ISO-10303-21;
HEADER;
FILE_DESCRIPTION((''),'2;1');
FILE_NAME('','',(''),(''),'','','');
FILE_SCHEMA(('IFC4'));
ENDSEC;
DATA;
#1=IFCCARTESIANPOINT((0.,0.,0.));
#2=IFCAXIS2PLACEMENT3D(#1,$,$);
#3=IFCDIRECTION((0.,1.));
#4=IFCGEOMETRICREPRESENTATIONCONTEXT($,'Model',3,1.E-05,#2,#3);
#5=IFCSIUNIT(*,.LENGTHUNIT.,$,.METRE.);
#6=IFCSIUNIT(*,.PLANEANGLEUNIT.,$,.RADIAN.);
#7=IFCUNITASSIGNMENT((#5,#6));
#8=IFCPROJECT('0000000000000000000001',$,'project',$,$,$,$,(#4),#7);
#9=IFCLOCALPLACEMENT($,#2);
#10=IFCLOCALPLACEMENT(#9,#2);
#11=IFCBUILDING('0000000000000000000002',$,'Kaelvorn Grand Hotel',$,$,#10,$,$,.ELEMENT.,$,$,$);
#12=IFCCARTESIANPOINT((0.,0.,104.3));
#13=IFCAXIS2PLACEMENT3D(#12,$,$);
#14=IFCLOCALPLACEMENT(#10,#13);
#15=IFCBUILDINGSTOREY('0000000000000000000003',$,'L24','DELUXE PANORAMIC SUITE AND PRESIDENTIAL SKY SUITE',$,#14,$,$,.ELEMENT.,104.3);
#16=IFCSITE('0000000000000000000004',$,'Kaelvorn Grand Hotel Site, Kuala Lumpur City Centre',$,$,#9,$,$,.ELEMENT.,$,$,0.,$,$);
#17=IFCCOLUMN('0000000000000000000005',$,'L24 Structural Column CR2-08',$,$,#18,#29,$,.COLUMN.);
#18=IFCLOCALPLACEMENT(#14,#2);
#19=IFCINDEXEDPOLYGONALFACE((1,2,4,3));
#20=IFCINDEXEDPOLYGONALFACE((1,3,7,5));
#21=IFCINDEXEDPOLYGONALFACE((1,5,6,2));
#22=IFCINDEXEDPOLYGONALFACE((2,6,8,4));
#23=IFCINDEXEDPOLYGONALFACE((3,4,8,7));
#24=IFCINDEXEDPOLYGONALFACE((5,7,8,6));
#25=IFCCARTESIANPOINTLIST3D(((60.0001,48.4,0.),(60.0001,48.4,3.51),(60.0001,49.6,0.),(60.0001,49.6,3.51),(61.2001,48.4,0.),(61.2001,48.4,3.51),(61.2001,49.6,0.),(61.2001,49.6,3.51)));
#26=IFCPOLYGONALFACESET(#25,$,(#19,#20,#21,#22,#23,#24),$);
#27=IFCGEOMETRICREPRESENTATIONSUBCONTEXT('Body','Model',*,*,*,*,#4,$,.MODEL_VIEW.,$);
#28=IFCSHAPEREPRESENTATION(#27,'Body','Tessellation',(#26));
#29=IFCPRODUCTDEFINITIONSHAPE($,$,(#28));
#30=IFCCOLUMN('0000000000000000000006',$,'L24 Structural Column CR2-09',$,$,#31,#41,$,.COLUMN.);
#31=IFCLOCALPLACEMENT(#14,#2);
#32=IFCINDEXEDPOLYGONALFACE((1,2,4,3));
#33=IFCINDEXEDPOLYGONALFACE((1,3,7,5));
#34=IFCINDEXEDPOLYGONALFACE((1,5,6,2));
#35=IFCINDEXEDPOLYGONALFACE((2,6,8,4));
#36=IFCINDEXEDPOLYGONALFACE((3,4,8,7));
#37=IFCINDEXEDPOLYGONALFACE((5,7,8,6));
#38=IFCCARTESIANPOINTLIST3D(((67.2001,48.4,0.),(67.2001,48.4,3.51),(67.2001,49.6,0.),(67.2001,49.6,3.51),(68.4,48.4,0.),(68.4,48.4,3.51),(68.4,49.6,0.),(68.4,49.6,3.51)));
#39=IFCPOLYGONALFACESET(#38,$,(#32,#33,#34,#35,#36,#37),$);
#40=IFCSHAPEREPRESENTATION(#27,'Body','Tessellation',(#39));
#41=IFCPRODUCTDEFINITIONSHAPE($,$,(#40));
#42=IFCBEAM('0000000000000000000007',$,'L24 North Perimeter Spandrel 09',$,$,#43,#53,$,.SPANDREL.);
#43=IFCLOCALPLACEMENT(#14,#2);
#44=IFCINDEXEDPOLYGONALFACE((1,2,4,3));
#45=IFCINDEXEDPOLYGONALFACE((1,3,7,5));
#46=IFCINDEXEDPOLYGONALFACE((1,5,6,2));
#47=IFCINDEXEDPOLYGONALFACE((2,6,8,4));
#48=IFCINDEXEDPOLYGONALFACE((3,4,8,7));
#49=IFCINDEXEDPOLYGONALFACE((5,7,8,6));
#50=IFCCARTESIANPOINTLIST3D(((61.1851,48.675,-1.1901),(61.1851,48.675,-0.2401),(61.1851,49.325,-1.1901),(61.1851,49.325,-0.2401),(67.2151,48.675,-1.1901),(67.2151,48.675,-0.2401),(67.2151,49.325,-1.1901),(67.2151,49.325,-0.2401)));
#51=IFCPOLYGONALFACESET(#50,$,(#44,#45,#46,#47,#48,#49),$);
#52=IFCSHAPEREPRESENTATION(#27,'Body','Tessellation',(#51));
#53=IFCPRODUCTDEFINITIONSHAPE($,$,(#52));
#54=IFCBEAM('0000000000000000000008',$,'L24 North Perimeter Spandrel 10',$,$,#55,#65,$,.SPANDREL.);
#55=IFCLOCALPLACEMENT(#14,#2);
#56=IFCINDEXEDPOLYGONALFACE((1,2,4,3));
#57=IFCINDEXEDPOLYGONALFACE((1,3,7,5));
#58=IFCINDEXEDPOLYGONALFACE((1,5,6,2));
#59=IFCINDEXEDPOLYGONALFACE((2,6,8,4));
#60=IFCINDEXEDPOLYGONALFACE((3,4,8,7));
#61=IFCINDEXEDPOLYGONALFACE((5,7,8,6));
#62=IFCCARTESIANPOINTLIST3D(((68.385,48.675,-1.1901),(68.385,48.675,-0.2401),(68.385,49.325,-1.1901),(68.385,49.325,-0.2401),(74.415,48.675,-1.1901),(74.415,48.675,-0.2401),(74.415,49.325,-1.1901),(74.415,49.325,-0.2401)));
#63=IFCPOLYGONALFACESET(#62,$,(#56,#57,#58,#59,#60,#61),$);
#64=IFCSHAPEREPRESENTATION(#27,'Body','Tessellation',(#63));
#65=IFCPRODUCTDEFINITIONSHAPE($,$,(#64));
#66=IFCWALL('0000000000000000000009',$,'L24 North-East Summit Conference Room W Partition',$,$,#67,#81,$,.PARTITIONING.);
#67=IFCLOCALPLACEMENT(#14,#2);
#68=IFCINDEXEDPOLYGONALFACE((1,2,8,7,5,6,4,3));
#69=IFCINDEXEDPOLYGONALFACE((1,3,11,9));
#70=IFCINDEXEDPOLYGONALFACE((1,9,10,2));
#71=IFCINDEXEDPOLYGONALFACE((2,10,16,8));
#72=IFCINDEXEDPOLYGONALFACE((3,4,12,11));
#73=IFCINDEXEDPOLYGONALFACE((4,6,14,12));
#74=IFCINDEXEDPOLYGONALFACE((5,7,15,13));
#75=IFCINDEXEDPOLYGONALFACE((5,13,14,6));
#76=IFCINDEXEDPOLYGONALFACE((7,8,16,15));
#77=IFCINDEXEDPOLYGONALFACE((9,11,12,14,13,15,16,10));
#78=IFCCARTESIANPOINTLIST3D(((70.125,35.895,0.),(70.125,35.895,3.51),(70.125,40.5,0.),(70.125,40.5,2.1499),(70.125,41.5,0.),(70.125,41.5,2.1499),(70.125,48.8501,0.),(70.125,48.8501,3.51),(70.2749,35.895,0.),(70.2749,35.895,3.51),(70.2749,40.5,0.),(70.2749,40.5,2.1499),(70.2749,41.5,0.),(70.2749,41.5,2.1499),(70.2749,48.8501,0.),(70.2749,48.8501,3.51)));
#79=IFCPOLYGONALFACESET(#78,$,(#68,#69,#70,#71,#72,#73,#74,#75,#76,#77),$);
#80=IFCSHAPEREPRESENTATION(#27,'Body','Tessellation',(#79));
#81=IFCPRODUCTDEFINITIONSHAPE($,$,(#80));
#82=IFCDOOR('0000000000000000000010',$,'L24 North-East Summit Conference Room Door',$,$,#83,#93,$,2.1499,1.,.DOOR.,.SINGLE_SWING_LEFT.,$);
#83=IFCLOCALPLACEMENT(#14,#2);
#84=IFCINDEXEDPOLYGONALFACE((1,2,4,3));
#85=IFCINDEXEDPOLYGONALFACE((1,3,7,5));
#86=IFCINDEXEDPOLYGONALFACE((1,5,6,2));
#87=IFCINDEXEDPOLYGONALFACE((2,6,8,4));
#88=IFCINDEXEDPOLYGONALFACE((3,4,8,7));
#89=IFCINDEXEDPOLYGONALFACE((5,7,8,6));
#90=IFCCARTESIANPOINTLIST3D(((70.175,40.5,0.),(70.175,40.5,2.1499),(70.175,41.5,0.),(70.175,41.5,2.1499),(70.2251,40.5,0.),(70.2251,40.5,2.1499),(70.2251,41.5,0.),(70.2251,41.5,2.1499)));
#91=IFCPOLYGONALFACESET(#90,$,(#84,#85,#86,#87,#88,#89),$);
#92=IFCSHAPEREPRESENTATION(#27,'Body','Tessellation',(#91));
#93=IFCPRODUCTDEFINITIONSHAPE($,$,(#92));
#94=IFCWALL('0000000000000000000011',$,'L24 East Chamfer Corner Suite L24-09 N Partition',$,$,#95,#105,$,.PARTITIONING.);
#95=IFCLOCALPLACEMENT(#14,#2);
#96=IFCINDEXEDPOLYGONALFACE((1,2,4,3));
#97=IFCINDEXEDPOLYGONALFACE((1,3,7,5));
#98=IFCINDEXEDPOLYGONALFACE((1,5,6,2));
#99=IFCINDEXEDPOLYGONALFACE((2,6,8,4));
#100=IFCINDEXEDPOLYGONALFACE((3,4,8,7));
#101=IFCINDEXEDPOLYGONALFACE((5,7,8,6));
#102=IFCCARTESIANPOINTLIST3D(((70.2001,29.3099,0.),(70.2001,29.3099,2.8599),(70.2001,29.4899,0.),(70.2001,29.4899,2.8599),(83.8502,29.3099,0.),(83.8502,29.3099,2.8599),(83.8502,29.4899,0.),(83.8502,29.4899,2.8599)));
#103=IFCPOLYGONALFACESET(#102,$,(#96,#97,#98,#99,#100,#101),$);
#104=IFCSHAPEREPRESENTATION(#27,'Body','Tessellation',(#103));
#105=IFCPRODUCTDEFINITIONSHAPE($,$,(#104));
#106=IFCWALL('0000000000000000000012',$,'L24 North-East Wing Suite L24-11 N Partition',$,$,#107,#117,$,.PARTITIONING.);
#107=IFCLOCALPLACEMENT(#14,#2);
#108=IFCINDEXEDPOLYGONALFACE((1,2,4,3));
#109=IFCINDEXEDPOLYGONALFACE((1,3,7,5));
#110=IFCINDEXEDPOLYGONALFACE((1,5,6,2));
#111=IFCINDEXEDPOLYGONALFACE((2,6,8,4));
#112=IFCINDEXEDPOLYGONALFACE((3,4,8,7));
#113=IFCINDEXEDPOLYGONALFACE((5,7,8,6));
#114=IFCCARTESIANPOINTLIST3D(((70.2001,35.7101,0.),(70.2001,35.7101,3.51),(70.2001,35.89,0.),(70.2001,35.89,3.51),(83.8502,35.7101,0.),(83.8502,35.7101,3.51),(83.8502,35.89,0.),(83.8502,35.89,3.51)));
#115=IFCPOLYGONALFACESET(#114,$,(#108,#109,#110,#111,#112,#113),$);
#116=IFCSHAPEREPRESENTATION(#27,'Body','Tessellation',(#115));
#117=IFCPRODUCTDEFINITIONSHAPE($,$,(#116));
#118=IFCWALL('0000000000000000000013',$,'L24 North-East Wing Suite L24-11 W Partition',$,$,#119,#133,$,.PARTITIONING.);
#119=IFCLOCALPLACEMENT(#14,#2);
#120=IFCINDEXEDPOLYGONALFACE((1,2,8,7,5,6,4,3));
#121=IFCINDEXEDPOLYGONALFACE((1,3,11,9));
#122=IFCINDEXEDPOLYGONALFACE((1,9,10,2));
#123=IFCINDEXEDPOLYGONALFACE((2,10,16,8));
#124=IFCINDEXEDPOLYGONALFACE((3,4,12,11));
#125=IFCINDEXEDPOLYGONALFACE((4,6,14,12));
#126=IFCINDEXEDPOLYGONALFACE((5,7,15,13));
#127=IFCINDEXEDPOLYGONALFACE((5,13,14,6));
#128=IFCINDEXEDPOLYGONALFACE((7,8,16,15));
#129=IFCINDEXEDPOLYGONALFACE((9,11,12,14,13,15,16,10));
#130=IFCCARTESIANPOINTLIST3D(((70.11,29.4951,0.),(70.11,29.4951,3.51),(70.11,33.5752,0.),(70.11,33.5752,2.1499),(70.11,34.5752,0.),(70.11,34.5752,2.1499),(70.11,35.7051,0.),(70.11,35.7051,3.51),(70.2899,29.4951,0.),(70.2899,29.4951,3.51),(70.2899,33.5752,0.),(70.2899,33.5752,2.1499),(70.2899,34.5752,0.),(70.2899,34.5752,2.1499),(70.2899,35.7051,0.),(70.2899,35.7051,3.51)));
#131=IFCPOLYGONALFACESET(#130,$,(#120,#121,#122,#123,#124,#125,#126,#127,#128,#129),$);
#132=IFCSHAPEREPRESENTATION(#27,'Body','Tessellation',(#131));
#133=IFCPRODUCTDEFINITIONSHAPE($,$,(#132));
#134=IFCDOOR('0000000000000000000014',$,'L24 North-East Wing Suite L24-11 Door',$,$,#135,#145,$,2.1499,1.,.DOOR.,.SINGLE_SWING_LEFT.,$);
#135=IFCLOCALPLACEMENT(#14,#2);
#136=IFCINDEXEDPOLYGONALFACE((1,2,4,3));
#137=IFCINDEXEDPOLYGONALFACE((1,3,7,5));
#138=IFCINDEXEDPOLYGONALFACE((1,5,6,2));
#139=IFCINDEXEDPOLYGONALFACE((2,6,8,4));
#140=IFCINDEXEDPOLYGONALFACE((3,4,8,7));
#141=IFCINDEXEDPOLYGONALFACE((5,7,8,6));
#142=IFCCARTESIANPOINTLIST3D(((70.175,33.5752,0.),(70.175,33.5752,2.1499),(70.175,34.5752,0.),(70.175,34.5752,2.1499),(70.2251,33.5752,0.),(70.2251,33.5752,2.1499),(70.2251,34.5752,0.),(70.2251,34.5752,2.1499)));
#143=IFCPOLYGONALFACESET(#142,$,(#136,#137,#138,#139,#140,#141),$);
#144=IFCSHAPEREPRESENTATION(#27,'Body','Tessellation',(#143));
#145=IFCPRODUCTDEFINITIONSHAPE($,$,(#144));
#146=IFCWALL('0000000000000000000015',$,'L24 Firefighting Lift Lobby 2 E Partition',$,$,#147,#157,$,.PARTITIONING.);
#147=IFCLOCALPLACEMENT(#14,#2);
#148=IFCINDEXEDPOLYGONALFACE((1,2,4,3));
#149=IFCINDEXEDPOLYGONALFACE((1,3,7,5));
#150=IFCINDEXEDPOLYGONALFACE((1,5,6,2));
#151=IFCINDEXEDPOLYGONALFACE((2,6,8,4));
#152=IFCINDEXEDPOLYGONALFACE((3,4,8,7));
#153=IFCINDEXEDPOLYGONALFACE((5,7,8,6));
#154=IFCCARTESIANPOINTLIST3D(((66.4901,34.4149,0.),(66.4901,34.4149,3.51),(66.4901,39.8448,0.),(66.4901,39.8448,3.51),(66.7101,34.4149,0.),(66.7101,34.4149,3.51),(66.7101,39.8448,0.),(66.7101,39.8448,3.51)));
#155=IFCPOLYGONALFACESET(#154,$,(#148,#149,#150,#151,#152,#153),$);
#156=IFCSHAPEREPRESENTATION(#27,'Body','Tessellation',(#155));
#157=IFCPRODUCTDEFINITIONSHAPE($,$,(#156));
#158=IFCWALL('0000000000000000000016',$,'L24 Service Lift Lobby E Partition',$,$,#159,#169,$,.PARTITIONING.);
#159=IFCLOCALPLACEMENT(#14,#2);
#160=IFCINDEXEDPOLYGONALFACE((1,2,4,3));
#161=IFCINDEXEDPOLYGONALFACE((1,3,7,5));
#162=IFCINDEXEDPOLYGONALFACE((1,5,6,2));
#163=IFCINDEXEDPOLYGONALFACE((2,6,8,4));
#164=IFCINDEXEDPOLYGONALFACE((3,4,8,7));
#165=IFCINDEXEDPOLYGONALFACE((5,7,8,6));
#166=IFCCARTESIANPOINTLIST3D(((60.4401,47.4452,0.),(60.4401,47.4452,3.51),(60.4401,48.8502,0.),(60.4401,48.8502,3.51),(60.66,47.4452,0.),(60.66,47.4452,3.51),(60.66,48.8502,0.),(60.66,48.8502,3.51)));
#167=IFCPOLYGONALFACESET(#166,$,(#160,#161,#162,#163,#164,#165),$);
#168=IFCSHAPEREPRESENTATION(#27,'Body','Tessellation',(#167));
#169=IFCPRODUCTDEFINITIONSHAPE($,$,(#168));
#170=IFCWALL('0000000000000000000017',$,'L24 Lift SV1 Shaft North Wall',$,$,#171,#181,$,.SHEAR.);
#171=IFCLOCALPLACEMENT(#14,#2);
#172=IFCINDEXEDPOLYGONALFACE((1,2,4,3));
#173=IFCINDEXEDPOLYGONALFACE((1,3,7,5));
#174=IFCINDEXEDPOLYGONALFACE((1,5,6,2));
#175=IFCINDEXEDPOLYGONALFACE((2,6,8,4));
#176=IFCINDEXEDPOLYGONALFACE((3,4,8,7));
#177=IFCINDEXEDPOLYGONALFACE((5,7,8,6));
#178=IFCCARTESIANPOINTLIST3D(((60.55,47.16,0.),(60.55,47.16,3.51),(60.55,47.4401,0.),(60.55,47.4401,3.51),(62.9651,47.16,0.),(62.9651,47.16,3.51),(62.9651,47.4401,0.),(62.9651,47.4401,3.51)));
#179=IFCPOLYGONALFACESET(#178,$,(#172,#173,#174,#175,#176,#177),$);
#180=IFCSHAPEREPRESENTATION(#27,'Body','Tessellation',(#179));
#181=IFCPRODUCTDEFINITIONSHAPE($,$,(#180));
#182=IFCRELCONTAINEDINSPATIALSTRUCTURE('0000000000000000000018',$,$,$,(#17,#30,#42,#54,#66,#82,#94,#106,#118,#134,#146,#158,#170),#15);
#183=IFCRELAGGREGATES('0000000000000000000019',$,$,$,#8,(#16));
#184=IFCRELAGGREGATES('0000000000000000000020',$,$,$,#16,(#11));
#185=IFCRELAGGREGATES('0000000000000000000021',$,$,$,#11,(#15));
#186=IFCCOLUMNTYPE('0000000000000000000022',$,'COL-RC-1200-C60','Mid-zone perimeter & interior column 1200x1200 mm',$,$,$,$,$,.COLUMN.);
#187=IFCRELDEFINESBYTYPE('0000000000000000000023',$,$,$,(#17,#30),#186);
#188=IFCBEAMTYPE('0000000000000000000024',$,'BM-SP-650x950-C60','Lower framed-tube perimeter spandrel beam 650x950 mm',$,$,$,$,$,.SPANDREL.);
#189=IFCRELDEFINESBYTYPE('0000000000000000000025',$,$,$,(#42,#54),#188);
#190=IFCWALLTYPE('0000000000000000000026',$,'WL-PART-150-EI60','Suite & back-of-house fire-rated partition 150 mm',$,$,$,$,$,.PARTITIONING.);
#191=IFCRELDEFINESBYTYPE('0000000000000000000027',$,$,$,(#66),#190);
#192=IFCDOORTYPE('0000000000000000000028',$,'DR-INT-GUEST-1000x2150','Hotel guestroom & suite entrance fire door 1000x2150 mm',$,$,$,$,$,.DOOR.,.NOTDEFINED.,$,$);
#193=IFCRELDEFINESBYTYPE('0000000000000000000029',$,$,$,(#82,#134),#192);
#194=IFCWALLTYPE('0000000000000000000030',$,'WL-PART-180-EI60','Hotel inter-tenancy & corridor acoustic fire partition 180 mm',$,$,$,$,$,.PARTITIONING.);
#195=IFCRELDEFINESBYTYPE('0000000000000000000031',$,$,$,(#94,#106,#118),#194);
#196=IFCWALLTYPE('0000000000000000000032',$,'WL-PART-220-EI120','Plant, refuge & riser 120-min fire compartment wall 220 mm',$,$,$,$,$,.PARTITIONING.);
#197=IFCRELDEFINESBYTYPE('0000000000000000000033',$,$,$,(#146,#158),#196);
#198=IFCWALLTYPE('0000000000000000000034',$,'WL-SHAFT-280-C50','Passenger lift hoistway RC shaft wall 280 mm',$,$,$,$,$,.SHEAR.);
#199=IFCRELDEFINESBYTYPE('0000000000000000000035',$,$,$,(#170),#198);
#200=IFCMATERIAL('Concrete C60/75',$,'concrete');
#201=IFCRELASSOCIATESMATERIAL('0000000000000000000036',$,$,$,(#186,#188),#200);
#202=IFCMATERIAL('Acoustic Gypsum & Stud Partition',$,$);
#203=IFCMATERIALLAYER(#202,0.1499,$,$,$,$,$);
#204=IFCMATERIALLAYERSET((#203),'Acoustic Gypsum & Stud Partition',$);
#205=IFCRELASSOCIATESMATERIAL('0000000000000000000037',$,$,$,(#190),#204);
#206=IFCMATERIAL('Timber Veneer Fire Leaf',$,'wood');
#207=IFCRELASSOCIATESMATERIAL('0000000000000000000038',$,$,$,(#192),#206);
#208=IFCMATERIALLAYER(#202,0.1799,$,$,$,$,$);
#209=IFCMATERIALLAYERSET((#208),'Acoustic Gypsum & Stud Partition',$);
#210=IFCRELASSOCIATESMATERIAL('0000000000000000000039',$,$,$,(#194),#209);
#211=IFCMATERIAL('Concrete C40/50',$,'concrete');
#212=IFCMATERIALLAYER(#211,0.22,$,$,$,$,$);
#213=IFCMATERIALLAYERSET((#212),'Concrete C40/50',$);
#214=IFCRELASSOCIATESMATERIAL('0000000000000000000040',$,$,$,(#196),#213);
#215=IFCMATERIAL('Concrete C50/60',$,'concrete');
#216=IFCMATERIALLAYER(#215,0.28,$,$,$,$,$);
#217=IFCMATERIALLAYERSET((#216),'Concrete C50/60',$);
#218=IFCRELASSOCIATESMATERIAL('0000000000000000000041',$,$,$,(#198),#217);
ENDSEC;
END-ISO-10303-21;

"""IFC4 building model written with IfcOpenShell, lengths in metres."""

from ifc_helpers import new_model, si_unit, direction, frame, frame_2d, origin, origin_2d, place, context, subcontext, project, spatial, rectangle, extrude, material, layer, layer_set, material_profile, profile_set, type_object, element, fill, save


model = new_model("IFC4")

# Units and contexts
model_context = context("Model", 3, precision=1e-05, world=origin(), true_north=direction((0.0, 1.0)))
body_context = subcontext(model_context, "Body", "Model", "MODEL_VIEW")
ifc_project = project(units=[si_unit("LENGTHUNIT", "METRE"), si_unit("PLANEANGLEUNIT", "RADIAN")], contexts=[model_context])

# Site, building, storey
site_placement = place(None, origin())
site = spatial("IfcSite", under=ifc_project, at=site_placement, Name="Kaelvorn Grand Hotel Site, Kuala Lumpur City Centre", CompositionType="ELEMENT", RefElevation=0.0)
building_placement = place(site_placement, origin())
building = spatial("IfcBuilding", under=site, at=building_placement, Name="Kaelvorn Grand Hotel", CompositionType="ELEMENT")
storey_placement = place(building_placement, frame((0.0, 0.0, 104.3)))
storey = spatial("IfcBuildingStorey", under=building, at=storey_placement, Name="L24", Description="DELUXE PANORAMIC SUITE AND PRESIDENTIAL SKY SUITE", CompositionType="ELEMENT", Elevation=104.3)

# Columns
ifc_material_1 = material(Name="Concrete C60/75", Category="concrete")
ifc_material_profile_1 = material_profile(ifc_material_1, rectangle(XDim=1.2, YDim=1.2, at=origin_2d()), Name="RC COL 1200x1200")
ifc_profile_set_1 = profile_set([ifc_material_profile_1], Name="Concrete C60/75")
column_type = type_object("IfcColumnType", Name="COL-RC-1200-C60", Description="Mid-zone perimeter & interior column 1200x1200 mm", PredefinedType="COLUMN", material=ifc_profile_set_1)
for number, where, z_axis, x_axis, name in (
    (1, (60.6001, 49.0, 0.0), (0.0, 0.0, 1.0), (1.0, 0.0, 0.0), "L24 Structural Column CR2-08"),
    (2, (67.8, 49.0, 0.0), (0.0, 0.0, 1.0), (1.0, 0.0, 0.0), "L24 Structural Column CR2-09"),
):
    element("IfcColumn", number, at=place(storey_placement, frame(where, z_axis=z_axis, x_axis=x_axis)), inside=storey, type_object=column_type, Name=name, PredefinedType="COLUMN", context=body_context, shape_type="SweptSolid", body=[
        extrude(rectangle(XDim=1.2, YDim=1.2, at=origin_2d()), origin(), (0.0, 0.0, 1.0), 3.51),
    ])

# Beams
ifc_material_profile_2 = material_profile(ifc_material_1, rectangle(XDim=0.6499, YDim=0.95, at=origin_2d()), Name="RC SPANDREL 650x950")
ifc_profile_set_2 = profile_set([ifc_material_profile_2], Name="Concrete C60/75")
beam_type = type_object("IfcBeamType", Name="BM-SP-650x950-C60", Description="Lower framed-tube perimeter spandrel beam 650x950 mm", PredefinedType="SPANDREL", material=ifc_profile_set_2)
for number, where, z_axis, x_axis, name in (
    (3, (61.1851, 49.0, -0.7151), (1.0, 0.0, 0.0), (0.0, 1.0, 0.0), "L24 North Perimeter Spandrel 09"),
    (4, (68.385, 49.0, -0.7151), (1.0, 0.0, 0.0), (0.0, 1.0, 0.0), "L24 North Perimeter Spandrel 10"),
):
    element("IfcBeam", number, at=place(storey_placement, frame(where, z_axis=z_axis, x_axis=x_axis)), inside=storey, type_object=beam_type, Name=name, PredefinedType="SPANDREL", context=body_context, shape_type="SweptSolid", body=[
        extrude(rectangle(XDim=0.6499, YDim=0.95, at=origin_2d()), origin(), (0.0, 0.0, 1.0), 6.03),
    ])

# Wall, opening, door
ifc_material_2 = material(Name="Acoustic Gypsum & Stud Partition")
ifc_layer_1 = layer(ifc_material_2, 0.1499)
ifc_layer_set_1 = layer_set([ifc_layer_1], Name="Acoustic Gypsum & Stud Partition")
wall_type_1 = type_object("IfcWallType", Name="WL-PART-150-EI60", Description="Suite & back-of-house fire-rated partition 150 mm", PredefinedType="PARTITIONING", material=ifc_layer_set_1)
wall_1_placement = place(storey_placement, frame((70.2, 35.895, 0.0), z_axis=(0.0, 0.0, 1.0), x_axis=(0.0, 1.0, 0.0)))
wall_1 = element("IfcWall", 5, at=wall_1_placement, inside=storey, type_object=wall_type_1, Name="L24 North-East Summit Conference Room W Partition", PredefinedType="PARTITIONING", context=body_context, shape_type="SweptSolid", body=[
    extrude(rectangle(XDim=12.9551, YDim=0.1499, at=frame_2d((6.4775, 0.0))), origin(), (0.0, 0.0, 1.0), 3.51),
])
opening_1_placement = place(wall_1_placement, frame((4.605, 0.0, 0.0)))
opening_1 = element("IfcOpeningElement", 6, at=opening_1_placement, cuts=wall_1, PredefinedType="OPENING", context=body_context, shape_type="SweptSolid", body=[
    extrude(rectangle(XDim=1.0, YDim=2.1499, at=frame_2d((0.5, 1.075))), frame((0.0, 0.085, 0.0), z_axis=(0.0, -1.0, 0.0), x_axis=(1.0, 0.0, 0.0)), (0.0, 0.0, 1.0), 0.1699),
])
ifc_material_3 = material(Name="Timber Veneer Fire Leaf", Category="wood")
door_type_1 = type_object("IfcDoorType", Name="DR-INT-GUEST-1000x2150", Description="Hotel guestroom & suite entrance fire door 1000x2150 mm", OperationType="NOTDEFINED", PredefinedType="DOOR", material=ifc_material_3)
door_1_placement = place(opening_1_placement, origin())
door_1 = element("IfcDoor", 7, at=door_1_placement, inside=storey, type_object=door_type_1, Name="L24 North-East Summit Conference Room Door", OperationType="SINGLE_SWING_LEFT", OverallHeight=2.1499, OverallWidth=1.0, PredefinedType="DOOR", context=body_context, shape_type="SweptSolid", body=[
    extrude(rectangle(XDim=1.0, YDim=2.1499, at=frame_2d((0.5, 1.075))), frame((0.0, 0.0249, 0.0), z_axis=(0.0, -1.0, 0.0), x_axis=(1.0, 0.0, 0.0)), (0.0, 0.0, 1.0), 0.05),
])
fill(opening_1, door_1)

# Walls
ifc_layer_2 = layer(ifc_material_2, 0.1799)
ifc_layer_set_2 = layer_set([ifc_layer_2], Name="Acoustic Gypsum & Stud Partition")
wall_type_2 = type_object("IfcWallType", Name="WL-PART-180-EI60", Description="Hotel inter-tenancy & corridor acoustic fire partition 180 mm", PredefinedType="PARTITIONING", material=ifc_layer_set_2)
wall_2_placement = place(storey_placement, frame((70.2, 29.3999, 0.0), z_axis=(0.0, 0.0, 1.0), x_axis=(1.0, 0.0, 0.0)))
element("IfcWall", 8, at=wall_2_placement, inside=storey, type_object=wall_type_2, Name="L24 East Chamfer Corner Suite L24-09 N Partition", PredefinedType="PARTITIONING", context=body_context, shape_type="SweptSolid", body=[
    extrude(rectangle(XDim=13.6501, YDim=0.1799, at=frame_2d((6.8252, 0.0))), origin(), (0.0, 0.0, 1.0), 2.8599),
])
wall_3_placement = place(storey_placement, frame((70.2, 35.8, 0.0), z_axis=(0.0, 0.0, 1.0), x_axis=(1.0, 0.0, 0.0)))
element("IfcWall", 9, at=wall_3_placement, inside=storey, type_object=wall_type_2, Name="L24 North-East Wing Suite L24-11 N Partition", PredefinedType="PARTITIONING", context=body_context, shape_type="SweptSolid", body=[
    extrude(rectangle(XDim=13.6501, YDim=0.1799, at=frame_2d((6.8252, 0.0))), origin(), (0.0, 0.0, 1.0), 3.51),
])

# Wall, opening, door
wall_4_placement = place(storey_placement, frame((70.2, 29.4951, 0.0), z_axis=(0.0, 0.0, 1.0), x_axis=(0.0, 1.0, 0.0)))
wall_4 = element("IfcWall", 10, at=wall_4_placement, inside=storey, type_object=wall_type_2, Name="L24 North-East Wing Suite L24-11 W Partition", PredefinedType="PARTITIONING", context=body_context, shape_type="SweptSolid", body=[
    extrude(rectangle(XDim=6.21, YDim=0.1799, at=frame_2d((3.105, 0.0))), origin(), (0.0, 0.0, 1.0), 3.51),
])
opening_2_placement = place(wall_4_placement, frame((4.0801, 0.0, 0.0)))
opening_2 = element("IfcOpeningElement", 11, at=opening_2_placement, cuts=wall_4, PredefinedType="OPENING", context=body_context, shape_type="SweptSolid", body=[
    extrude(rectangle(XDim=1.0, YDim=2.1499, at=frame_2d((0.5, 1.075))), frame((0.0, 0.1001, 0.0), z_axis=(0.0, -1.0, 0.0), x_axis=(1.0, 0.0, 0.0)), (0.0, 0.0, 1.0), 0.2),
])
door_2_placement = place(opening_2_placement, origin())
door_2 = element("IfcDoor", 12, at=door_2_placement, inside=storey, type_object=door_type_1, Name="L24 North-East Wing Suite L24-11 Door", OperationType="SINGLE_SWING_LEFT", OverallHeight=2.1499, OverallWidth=1.0, PredefinedType="DOOR", context=body_context, shape_type="SweptSolid", body=[
    extrude(rectangle(XDim=1.0, YDim=2.1499, at=frame_2d((0.5, 1.075))), frame((0.0, 0.0249, 0.0), z_axis=(0.0, -1.0, 0.0), x_axis=(1.0, 0.0, 0.0)), (0.0, 0.0, 1.0), 0.05),
])
fill(opening_2, door_2)

# Walls
ifc_material_4 = material(Name="Concrete C40/50", Category="concrete")
ifc_layer_3 = layer(ifc_material_4, 0.22)
ifc_layer_set_3 = layer_set([ifc_layer_3], Name="Concrete C40/50")
wall_type_3 = type_object("IfcWallType", Name="WL-PART-220-EI120", Description="Plant, refuge & riser 120-min fire compartment wall 220 mm", PredefinedType="PARTITIONING", material=ifc_layer_set_3)
wall_5_placement = place(storey_placement, frame((66.6001, 34.415, 0.0), z_axis=(0.0, 0.0, 1.0), x_axis=(0.0, 1.0, 0.0)))
element("IfcWall", 13, at=wall_5_placement, inside=storey, type_object=wall_type_3, Name="L24 Firefighting Lift Lobby 2 E Partition", PredefinedType="PARTITIONING", context=body_context, shape_type="SweptSolid", body=[
    extrude(rectangle(XDim=5.4299, YDim=0.22, at=frame_2d((2.7148, 0.0))), origin(), (0.0, 0.0, 1.0), 3.51),
])
wall_6_placement = place(storey_placement, frame((60.55, 47.4451, 0.0), z_axis=(0.0, 0.0, 1.0), x_axis=(0.0, 1.0, 0.0)))
element("IfcWall", 14, at=wall_6_placement, inside=storey, type_object=wall_type_3, Name="L24 Service Lift Lobby E Partition", PredefinedType="PARTITIONING", context=body_context, shape_type="SweptSolid", body=[
    extrude(rectangle(XDim=1.405, YDim=0.22, at=frame_2d((0.7026, 0.0))), origin(), (0.0, 0.0, 1.0), 3.51),
])
ifc_material_5 = material(Name="Concrete C50/60", Category="concrete")
ifc_layer_4 = layer(ifc_material_5, 0.28)
ifc_layer_set_4 = layer_set([ifc_layer_4], Name="Concrete C50/60")
wall_type_4 = type_object("IfcWallType", Name="WL-SHAFT-280-C50", Description="Passenger lift hoistway RC shaft wall 280 mm", PredefinedType="SHEAR", material=ifc_layer_set_4)
wall_7_placement = place(storey_placement, frame((60.55, 47.3, 0.0), z_axis=(0.0, 0.0, 1.0), x_axis=(1.0, 0.0, 0.0)))
element("IfcWall", 15, at=wall_7_placement, inside=storey, type_object=wall_type_4, Name="L24 Lift SV1 Shaft North Wall", PredefinedType="SHEAR", context=body_context, shape_type="SweptSolid", body=[
    extrude(rectangle(XDim=2.415, YDim=0.28, at=frame_2d((1.2075, 0.0))), origin(), (0.0, 0.0, 1.0), 3.51),
])

save(model, "model.ifc")
